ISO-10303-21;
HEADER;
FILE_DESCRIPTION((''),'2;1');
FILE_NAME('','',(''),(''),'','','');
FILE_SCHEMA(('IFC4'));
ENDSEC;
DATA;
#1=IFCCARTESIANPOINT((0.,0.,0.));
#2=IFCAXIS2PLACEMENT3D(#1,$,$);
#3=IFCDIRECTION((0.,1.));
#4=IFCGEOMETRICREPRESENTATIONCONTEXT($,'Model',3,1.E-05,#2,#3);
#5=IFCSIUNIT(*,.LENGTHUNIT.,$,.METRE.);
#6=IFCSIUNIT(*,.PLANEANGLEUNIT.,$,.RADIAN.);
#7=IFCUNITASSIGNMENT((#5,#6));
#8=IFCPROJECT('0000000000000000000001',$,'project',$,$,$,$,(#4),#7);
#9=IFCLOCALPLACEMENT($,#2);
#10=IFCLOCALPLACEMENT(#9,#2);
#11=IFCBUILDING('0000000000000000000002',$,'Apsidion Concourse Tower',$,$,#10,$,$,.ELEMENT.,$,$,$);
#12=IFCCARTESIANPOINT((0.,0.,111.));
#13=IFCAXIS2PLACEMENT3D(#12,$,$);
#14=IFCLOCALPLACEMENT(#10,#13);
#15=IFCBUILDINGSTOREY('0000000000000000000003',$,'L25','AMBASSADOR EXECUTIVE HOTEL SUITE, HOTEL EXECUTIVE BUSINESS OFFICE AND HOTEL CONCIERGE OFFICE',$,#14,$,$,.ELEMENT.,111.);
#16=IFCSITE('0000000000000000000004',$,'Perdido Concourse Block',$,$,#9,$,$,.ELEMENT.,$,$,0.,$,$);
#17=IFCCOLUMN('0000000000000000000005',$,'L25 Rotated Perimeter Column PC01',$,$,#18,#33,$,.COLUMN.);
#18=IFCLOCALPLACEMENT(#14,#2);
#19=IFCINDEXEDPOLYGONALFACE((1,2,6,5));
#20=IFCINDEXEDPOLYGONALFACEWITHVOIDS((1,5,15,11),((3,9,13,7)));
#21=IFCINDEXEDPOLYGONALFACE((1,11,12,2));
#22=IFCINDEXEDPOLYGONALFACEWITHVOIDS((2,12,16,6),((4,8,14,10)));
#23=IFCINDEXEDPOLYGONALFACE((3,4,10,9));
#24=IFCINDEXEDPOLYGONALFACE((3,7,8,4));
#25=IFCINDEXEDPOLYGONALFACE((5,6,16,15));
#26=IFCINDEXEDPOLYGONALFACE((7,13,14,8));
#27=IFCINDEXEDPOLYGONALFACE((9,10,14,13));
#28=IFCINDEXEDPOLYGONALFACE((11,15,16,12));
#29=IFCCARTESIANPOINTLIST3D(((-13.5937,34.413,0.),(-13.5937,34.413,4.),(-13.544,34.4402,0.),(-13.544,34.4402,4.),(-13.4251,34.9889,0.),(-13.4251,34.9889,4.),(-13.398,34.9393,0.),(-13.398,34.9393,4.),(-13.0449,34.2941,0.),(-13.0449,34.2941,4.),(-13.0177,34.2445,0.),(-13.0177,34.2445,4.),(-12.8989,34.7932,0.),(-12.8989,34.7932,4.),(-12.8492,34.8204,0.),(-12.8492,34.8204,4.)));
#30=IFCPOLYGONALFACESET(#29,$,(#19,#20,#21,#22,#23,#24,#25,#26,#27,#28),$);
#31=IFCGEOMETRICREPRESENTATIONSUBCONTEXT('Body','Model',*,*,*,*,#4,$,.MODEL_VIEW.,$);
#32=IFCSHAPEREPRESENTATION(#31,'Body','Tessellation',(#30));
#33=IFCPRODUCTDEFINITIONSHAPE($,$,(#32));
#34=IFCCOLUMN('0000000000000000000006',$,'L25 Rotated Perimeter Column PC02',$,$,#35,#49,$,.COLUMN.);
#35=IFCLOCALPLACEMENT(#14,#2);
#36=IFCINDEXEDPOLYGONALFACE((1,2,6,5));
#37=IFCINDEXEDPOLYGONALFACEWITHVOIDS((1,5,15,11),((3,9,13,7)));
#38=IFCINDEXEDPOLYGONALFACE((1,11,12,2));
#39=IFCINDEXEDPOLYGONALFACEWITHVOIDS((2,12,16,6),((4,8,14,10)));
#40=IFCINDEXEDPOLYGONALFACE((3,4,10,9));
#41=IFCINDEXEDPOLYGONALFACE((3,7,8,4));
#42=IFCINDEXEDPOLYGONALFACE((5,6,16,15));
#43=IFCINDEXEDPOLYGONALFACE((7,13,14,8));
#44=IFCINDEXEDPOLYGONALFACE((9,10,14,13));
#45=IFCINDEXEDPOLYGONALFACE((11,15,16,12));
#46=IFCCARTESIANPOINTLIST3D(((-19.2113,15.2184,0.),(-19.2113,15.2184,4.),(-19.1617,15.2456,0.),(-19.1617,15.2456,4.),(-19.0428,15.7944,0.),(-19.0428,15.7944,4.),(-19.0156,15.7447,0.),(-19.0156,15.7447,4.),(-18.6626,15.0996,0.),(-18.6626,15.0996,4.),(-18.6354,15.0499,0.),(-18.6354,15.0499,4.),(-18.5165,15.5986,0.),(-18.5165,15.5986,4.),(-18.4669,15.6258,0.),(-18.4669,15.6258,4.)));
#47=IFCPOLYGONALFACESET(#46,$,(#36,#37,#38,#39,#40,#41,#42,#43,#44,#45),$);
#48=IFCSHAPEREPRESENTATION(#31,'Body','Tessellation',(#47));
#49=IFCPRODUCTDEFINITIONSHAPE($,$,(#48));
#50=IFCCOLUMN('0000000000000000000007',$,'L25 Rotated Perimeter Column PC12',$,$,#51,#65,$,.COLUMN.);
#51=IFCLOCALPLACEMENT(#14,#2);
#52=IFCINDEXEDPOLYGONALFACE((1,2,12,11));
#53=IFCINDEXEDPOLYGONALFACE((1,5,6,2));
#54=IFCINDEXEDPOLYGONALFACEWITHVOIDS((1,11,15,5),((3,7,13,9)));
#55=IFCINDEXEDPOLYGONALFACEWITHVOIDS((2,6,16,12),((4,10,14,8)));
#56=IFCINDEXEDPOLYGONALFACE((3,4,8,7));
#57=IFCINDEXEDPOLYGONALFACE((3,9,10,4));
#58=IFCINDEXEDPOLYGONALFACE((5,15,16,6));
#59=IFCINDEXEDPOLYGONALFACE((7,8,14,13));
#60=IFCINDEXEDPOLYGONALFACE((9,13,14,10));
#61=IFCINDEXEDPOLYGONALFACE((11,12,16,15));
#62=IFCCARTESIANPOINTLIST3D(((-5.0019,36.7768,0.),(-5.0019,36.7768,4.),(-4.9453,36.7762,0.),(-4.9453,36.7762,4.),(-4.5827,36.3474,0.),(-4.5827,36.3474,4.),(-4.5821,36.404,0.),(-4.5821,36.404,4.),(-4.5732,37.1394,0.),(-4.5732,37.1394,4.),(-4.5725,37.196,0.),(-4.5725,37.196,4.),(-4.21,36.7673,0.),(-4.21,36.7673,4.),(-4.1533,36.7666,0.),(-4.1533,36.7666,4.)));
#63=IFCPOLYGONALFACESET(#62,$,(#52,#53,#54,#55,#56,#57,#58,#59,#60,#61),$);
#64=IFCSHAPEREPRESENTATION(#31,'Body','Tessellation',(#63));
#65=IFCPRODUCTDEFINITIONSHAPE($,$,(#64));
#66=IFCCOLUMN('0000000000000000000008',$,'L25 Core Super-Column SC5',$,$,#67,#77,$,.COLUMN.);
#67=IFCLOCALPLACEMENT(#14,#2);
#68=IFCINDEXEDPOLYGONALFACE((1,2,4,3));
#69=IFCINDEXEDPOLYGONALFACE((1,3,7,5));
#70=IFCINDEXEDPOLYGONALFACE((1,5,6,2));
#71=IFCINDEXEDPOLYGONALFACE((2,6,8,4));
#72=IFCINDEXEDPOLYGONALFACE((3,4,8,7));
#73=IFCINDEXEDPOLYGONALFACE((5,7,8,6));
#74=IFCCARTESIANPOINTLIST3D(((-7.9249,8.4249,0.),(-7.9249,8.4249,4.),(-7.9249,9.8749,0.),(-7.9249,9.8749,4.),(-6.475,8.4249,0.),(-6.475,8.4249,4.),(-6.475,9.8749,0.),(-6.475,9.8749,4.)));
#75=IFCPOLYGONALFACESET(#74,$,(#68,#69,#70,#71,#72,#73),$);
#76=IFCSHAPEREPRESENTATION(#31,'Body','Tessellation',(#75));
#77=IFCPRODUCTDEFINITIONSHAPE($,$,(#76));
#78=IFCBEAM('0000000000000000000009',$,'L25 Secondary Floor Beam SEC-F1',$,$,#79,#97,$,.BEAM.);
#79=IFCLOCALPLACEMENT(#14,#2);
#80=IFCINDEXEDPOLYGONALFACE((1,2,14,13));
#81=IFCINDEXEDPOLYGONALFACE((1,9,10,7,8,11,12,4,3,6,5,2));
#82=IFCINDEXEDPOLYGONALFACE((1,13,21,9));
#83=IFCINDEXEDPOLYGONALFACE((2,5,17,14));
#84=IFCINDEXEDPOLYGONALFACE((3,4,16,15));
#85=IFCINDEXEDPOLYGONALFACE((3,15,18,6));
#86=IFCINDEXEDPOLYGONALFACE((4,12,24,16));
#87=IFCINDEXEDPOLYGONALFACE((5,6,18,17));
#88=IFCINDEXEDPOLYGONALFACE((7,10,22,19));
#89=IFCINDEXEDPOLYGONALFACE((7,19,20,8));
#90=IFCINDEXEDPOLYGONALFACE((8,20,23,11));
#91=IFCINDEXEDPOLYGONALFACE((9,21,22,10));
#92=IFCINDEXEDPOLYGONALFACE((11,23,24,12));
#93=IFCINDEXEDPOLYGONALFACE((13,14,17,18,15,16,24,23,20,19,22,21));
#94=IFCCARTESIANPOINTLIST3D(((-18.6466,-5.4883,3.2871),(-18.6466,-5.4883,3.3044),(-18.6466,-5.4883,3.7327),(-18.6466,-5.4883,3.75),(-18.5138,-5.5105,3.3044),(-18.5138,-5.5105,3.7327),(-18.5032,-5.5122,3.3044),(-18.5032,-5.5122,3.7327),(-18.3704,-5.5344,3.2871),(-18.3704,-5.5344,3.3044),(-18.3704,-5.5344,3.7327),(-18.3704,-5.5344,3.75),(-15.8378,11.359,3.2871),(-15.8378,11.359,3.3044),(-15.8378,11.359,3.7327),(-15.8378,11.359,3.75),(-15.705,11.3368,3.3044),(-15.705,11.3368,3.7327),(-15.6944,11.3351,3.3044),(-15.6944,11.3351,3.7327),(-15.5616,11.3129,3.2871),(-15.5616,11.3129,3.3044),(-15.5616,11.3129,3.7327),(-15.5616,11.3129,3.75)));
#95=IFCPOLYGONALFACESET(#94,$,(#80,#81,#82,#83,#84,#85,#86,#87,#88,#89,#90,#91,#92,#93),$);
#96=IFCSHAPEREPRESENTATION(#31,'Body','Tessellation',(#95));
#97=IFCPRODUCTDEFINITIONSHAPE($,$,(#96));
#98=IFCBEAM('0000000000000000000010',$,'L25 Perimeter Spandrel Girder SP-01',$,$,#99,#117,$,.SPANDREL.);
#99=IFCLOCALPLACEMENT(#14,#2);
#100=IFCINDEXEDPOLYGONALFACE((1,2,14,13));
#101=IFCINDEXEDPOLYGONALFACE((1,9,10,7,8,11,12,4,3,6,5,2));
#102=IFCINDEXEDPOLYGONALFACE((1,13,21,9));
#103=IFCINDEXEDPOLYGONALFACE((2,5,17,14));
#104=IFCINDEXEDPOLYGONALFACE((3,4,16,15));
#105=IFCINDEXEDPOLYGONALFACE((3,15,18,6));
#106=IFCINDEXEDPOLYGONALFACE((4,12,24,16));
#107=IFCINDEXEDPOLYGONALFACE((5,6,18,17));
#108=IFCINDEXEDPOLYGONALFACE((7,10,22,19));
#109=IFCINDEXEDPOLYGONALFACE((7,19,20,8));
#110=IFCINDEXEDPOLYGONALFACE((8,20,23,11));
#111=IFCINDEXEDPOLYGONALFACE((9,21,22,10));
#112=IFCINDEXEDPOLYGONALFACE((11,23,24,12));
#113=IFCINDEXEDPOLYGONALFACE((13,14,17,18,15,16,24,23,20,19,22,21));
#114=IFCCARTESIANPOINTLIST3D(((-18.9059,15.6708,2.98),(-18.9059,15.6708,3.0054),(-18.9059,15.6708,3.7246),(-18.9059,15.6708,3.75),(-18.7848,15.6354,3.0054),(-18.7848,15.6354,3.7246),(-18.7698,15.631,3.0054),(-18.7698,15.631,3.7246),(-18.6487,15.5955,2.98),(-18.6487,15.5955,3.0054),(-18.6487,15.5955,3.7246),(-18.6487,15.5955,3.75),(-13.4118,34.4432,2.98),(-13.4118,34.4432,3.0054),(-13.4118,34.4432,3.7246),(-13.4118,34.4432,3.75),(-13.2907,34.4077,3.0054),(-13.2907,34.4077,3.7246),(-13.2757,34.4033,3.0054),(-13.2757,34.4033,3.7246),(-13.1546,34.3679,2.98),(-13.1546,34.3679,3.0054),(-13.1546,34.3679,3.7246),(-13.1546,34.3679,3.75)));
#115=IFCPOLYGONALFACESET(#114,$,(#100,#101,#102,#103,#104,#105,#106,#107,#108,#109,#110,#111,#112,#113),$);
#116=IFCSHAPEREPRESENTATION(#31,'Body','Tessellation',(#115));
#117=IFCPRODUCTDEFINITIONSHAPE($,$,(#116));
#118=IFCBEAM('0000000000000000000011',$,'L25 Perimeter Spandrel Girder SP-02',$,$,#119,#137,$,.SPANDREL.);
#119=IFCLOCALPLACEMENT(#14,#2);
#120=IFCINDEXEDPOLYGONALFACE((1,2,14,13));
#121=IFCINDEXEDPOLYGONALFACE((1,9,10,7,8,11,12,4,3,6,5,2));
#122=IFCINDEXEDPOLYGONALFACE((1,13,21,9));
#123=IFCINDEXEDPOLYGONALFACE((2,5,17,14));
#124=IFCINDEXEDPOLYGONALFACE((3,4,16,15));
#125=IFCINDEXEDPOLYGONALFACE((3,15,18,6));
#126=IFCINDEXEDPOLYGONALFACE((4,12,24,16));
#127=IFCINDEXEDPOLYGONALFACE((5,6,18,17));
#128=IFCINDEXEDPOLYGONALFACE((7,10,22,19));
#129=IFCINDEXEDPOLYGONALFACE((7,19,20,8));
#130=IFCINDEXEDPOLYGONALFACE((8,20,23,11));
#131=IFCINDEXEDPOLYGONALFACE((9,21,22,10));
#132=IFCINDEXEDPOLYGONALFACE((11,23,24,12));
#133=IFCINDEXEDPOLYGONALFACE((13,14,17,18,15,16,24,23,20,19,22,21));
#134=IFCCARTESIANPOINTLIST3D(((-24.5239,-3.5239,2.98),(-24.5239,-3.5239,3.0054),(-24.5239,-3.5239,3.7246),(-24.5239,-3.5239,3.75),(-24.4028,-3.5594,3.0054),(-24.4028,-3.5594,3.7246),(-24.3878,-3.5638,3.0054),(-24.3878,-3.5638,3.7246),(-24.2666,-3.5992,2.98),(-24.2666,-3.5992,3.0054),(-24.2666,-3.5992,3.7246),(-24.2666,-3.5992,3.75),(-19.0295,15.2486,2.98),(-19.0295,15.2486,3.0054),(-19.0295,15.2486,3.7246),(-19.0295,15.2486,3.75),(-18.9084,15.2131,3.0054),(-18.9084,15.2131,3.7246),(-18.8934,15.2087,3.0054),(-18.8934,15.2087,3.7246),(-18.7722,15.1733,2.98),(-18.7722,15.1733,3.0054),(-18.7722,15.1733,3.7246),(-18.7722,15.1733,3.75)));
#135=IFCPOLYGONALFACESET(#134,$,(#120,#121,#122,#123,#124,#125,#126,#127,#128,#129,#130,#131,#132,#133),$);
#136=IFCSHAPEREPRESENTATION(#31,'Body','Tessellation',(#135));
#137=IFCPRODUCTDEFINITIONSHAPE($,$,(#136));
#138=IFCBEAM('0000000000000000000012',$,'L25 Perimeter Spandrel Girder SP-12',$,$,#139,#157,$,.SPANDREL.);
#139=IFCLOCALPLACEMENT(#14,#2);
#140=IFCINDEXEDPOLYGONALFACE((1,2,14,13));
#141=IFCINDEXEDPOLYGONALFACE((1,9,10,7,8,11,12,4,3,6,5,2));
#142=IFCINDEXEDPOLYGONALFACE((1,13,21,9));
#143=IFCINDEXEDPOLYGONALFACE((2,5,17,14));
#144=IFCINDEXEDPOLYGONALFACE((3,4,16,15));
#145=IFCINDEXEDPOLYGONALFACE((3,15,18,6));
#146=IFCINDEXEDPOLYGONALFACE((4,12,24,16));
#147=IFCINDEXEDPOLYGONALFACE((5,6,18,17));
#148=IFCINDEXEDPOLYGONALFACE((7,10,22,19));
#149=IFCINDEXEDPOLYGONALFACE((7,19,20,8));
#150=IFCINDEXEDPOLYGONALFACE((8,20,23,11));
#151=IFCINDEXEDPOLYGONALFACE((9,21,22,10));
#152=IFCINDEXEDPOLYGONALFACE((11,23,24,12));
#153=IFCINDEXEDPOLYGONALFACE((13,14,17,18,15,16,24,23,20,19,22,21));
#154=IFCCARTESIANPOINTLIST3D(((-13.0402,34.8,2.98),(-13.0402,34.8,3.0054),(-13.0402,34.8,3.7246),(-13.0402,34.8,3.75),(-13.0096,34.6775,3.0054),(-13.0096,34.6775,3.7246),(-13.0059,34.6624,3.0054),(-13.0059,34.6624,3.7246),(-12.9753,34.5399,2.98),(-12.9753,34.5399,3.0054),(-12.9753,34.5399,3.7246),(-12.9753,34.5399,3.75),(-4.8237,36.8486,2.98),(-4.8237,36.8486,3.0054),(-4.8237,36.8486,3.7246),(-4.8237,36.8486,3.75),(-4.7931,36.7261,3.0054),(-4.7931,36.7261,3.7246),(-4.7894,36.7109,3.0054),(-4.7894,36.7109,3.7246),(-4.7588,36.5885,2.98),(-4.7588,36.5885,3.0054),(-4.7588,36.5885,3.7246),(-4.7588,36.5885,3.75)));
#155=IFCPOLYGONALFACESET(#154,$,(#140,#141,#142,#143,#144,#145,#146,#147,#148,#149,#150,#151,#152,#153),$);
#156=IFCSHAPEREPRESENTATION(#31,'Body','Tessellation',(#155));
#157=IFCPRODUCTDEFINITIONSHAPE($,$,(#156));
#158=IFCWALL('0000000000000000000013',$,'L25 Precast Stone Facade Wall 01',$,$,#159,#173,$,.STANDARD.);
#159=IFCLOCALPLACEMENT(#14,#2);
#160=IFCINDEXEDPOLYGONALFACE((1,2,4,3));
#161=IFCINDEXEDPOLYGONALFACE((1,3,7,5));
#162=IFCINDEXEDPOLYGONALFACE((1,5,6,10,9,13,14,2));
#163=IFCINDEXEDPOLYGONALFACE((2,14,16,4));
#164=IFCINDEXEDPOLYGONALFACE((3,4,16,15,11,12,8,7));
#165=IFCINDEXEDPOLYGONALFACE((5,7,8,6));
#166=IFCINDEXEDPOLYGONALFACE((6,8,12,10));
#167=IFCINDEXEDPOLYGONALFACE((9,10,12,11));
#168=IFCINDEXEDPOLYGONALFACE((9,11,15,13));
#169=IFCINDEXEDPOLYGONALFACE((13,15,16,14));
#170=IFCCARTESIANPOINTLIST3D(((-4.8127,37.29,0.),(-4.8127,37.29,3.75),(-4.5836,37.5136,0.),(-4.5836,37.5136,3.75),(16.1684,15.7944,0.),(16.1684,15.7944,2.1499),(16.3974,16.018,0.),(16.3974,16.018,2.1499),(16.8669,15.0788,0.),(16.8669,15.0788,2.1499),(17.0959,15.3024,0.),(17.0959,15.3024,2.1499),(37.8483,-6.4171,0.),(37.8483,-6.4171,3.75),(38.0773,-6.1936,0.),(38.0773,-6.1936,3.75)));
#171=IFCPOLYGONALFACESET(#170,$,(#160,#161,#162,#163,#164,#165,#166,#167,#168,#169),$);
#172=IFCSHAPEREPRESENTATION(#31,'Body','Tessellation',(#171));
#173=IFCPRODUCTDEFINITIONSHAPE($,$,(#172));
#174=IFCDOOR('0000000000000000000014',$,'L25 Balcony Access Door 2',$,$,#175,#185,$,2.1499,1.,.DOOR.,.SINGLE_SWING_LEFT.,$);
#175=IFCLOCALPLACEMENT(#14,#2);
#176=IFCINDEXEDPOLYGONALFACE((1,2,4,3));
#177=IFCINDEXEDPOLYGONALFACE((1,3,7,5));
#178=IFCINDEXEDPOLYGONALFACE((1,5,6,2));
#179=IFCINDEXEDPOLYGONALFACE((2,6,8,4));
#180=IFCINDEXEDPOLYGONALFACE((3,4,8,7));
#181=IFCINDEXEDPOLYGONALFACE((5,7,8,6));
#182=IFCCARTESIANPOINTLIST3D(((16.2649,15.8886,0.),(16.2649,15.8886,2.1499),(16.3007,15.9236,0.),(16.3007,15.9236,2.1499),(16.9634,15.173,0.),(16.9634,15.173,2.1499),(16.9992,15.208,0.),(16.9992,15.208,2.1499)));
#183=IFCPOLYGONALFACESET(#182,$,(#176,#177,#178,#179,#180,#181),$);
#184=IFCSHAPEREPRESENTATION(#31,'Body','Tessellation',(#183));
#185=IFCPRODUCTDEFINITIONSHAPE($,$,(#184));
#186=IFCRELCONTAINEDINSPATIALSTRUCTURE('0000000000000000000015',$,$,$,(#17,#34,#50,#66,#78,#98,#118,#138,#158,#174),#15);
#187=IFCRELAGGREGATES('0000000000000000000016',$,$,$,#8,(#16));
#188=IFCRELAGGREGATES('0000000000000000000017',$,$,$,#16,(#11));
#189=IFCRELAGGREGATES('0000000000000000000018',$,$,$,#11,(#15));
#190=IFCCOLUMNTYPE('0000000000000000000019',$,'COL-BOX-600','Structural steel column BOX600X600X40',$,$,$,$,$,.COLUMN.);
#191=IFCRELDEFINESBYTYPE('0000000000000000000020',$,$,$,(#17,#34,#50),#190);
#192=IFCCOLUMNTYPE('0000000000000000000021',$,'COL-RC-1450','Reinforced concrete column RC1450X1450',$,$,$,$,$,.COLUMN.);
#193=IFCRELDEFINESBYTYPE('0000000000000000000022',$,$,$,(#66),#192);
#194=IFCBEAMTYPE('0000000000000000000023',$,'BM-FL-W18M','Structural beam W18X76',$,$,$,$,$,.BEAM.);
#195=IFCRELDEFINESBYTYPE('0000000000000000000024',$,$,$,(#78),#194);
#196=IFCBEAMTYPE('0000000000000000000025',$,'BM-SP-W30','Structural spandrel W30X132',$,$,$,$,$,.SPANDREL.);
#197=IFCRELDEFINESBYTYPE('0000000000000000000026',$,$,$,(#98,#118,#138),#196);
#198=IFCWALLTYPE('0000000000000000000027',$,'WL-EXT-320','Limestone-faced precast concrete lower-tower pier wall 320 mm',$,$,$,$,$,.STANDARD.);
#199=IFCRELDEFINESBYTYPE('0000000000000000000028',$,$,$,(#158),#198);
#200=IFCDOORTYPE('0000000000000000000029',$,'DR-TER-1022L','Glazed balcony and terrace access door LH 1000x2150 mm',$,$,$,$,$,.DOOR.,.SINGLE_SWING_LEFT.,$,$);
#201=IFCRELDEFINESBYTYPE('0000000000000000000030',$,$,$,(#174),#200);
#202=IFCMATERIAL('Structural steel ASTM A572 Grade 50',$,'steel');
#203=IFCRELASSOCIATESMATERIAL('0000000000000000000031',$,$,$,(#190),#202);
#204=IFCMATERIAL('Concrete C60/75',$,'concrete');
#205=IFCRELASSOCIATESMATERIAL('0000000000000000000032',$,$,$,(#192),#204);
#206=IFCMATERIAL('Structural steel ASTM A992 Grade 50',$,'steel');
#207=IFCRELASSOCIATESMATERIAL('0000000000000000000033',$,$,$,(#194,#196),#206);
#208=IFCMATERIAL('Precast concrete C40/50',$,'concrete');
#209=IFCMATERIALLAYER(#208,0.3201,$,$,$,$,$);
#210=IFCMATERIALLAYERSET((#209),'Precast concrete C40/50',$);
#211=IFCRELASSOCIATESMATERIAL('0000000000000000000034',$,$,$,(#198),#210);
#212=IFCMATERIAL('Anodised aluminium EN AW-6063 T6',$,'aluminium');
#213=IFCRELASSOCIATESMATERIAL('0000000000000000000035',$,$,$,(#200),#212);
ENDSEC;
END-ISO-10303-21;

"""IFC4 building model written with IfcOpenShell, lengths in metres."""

from ifc_helpers import new_model, si_unit, direction, frame, frame_2d, origin, origin_2d, place, context, subcontext, project, spatial, rectangle, hollow_rectangle, i_section, extrude, material, layer, layer_set, material_profile, profile_set, type_object, element, fill, save


model = new_model("IFC4")

# Units and contexts
model_context = context("Model", 3, precision=1e-05, world=origin(), true_north=direction((0.0, 1.0)))
body_context = subcontext(model_context, "Body", "Model", "MODEL_VIEW")
ifc_project = project(units=[si_unit("LENGTHUNIT", "METRE"), si_unit("PLANEANGLEUNIT", "RADIAN")], contexts=[model_context])

# Site, building, storey
site_placement = place(None, origin())
site = spatial("IfcSite", under=ifc_project, at=site_placement, Name="Perdido Concourse Block", CompositionType="ELEMENT", RefElevation=0.0)
building_placement = place(site_placement, origin())
building = spatial("IfcBuilding", under=site, at=building_placement, Name="Apsidion Concourse Tower", CompositionType="ELEMENT")
storey_placement = place(building_placement, frame((0.0, 0.0, 111.0)))
storey = spatial("IfcBuildingStorey", under=building, at=storey_placement, Name="L25", Description="AMBASSADOR EXECUTIVE HOTEL SUITE, HOTEL EXECUTIVE BUSINESS OFFICE AND HOTEL CONCIERGE OFFICE", CompositionType="ELEMENT", Elevation=111.0)

# Columns
ifc_material_1 = material(Name="Structural steel ASTM A572 Grade 50", Category="steel")
ifc_material_profile_1 = material_profile(ifc_material_1, hollow_rectangle(XDim=0.6001, YDim=0.6001, WallThickness=0.04, at=origin_2d()), Name="BOX600X600X40")
ifc_profile_set_1 = profile_set([ifc_material_profile_1], Name="Structural steel ASTM A572 Grade 50")
column_type_1 = type_object("IfcColumnType", Name="COL-BOX-600", Description="Structural steel column BOX600X600X40", PredefinedType="COLUMN", material=ifc_profile_set_1)
for number, where, z_axis, x_axis, name in (
    (1, (-13.2214, 34.6167, 0.0), (0.0, 0.0, 1.0), (0.280834, 0.959756, 0.0), "L25 Rotated Perimeter Column PC01"),
    (2, (-18.8391, 15.4221, 0.0), (0.0, 0.0, 1.0), (0.280834, 0.959756, 0.0), "L25 Rotated Perimeter Column PC02"),
    (3, (-4.5776, 36.7717, 0.0), (0.0, 0.0, 1.0), (-0.69854, 0.715571, 0.0), "L25 Rotated Perimeter Column PC12"),
):
    element("IfcColumn", number, at=place(storey_placement, frame(where, z_axis=z_axis, x_axis=x_axis)), inside=storey, type_object=column_type_1, Name=name, PredefinedType="COLUMN", context=body_context, shape_type="SweptSolid", body=[
        extrude(hollow_rectangle(XDim=0.6001, YDim=0.6001, WallThickness=0.04, at=origin_2d()), origin(), (0.0, 0.0, 1.0), 4.0),
    ])
ifc_material_2 = material(Name="Concrete C60/75", Category="concrete")
ifc_material_profile_2 = material_profile(ifc_material_2, rectangle(XDim=1.45, YDim=1.45, at=origin_2d()), Name="RC 1450x1450")
ifc_profile_set_2 = profile_set([ifc_material_profile_2], Name="Concrete C60/75")
column_type_2 = type_object("IfcColumnType", Name="COL-RC-1450", Description="Reinforced concrete column RC1450X1450", PredefinedType="COLUMN", material=ifc_profile_set_2)
column_placement = place(storey_placement, frame((-7.2, 9.1499, 0.0), z_axis=(0.0, 0.0, 1.0), x_axis=(1.0, 0.0, 0.0)))
element("IfcColumn", 4, at=column_placement, inside=storey, type_object=column_type_2, Name="L25 Core Super-Column SC5", PredefinedType="COLUMN", context=body_context, shape_type="SweptSolid", body=[
    extrude(rectangle(XDim=1.45, YDim=1.45, at=origin_2d()), origin(), (0.0, 0.0, 1.0), 4.0),
])

# Beams
ifc_material_3 = material(Name="Structural steel ASTM A992 Grade 50", Category="steel")
ifc_material_profile_3 = material_profile(ifc_material_3, i_section(OverallWidth=0.28, OverallDepth=0.4629, WebThickness=0.0107, FlangeThickness=0.0173, at=origin_2d()), Name="W18X76")
ifc_profile_set_3 = profile_set([ifc_material_profile_3], Name="Structural steel ASTM A992 Grade 50")
beam_type_1 = type_object("IfcBeamType", Name="BM-FL-W18M", Description="Structural beam W18X76", PredefinedType="BEAM", material=ifc_profile_set_3)
beam_1_placement = place(storey_placement, frame((-15.6997, 11.3359, 3.5186), z_axis=(-0.164452, -0.986385, 0.0), x_axis=(0.986385, -0.164452, 0.0)))
element("IfcBeam", 5, at=beam_1_placement, inside=storey, type_object=beam_type_1, Name="L25 Secondary Floor Beam SEC-F1", PredefinedType="BEAM", context=body_context, shape_type="SweptSolid", body=[
    extrude(i_section(OverallWidth=0.28, OverallDepth=0.4629, WebThickness=0.0107, FlangeThickness=0.0173, at=origin_2d()), origin(), (0.0, 0.0, 1.0), 17.0798),
])
ifc_material_profile_4 = material_profile(ifc_material_3, i_section(OverallWidth=0.2681, OverallDepth=0.77, WebThickness=0.0156, FlangeThickness=0.0254, at=origin_2d()), Name="W30X132")
ifc_profile_set_4 = profile_set([ifc_material_profile_4], Name="Structural steel ASTM A992 Grade 50")
beam_type_2 = type_object("IfcBeamType", Name="BM-SP-W30", Description="Structural spandrel W30X132", PredefinedType="SPANDREL", material=ifc_profile_set_4)
beam_2_placement = place(storey_placement, frame((-13.2832, 34.4055, 3.365), z_axis=(-0.280888, -0.959741, 0.0), x_axis=(0.959741, -0.280888, 0.0)))
element("IfcBeam", 6, at=beam_2_placement, inside=storey, type_object=beam_type_2, Name="L25 Perimeter Spandrel Girder SP-01", PredefinedType="SPANDREL", context=body_context, shape_type="SweptSolid", body=[
    extrude(i_section(OverallWidth=0.2681, OverallDepth=0.77, WebThickness=0.0156, FlangeThickness=0.0254, at=origin_2d()), origin(), (0.0, 0.0, 1.0), 19.5598),
])
beam_3_placement = place(storey_placement, frame((-18.9009, 15.2109, 3.365), z_axis=(-0.280899, -0.959737, 0.0), x_axis=(0.959737, -0.280899, 0.0)))
element("IfcBeam", 7, at=beam_3_placement, inside=storey, type_object=beam_type_2, Name="L25 Perimeter Spandrel Girder SP-02", PredefinedType="SPANDREL", context=body_context, shape_type="SweptSolid", body=[
    extrude(i_section(OverallWidth=0.2681, OverallDepth=0.77, WebThickness=0.0156, FlangeThickness=0.0254, at=origin_2d()), origin(), (0.0, 0.0, 1.0), 19.5601),
])
beam_4_placement = place(storey_placement, frame((-4.7913, 36.7185, 3.365), z_axis=(-0.970297, -0.241918, 0.0), x_axis=(0.241918, -0.970297, 0.0)))
element("IfcBeam", 8, at=beam_4_placement, inside=storey, type_object=beam_type_2, Name="L25 Perimeter Spandrel Girder SP-12", PredefinedType="SPANDREL", context=body_context, shape_type="SweptSolid", body=[
    extrude(i_section(OverallWidth=0.2681, OverallDepth=0.77, WebThickness=0.0156, FlangeThickness=0.0254, at=origin_2d()), origin(), (0.0, 0.0, 1.0), 8.468),
])

# Wall, opening, door
ifc_material_4 = material(Name="Precast concrete C40/50", Category="concrete")
ifc_layer_1 = layer(ifc_material_4, 0.3201)
ifc_layer_set_1 = layer_set([ifc_layer_1], Name="Precast concrete C40/50")
wall_type_1 = type_object("IfcWallType", Name="WL-EXT-320", Description="Limestone-faced precast concrete lower-tower pier wall 320 mm", PredefinedType="STANDARD", material=ifc_layer_set_1)
wall_1_placement = place(storey_placement, frame((-4.6982, 37.4019, 0.0), z_axis=(0.0, 0.0, 1.0), x_axis=(0.698491, -0.715619, 0.0)))
wall_1 = element("IfcWall", 9, at=wall_1_placement, inside=storey, type_object=wall_type_1, Name="L25 Precast Stone Facade Wall 01", PredefinedType="STANDARD", context=body_context, shape_type="SweptSolid", body=[
    extrude(rectangle(XDim=61.0759, YDim=0.3201, at=frame_2d((30.5381, 0.0))), origin(), (0.0, 0.0, 1.0), 3.75),
])
opening_1_placement = place(wall_1_placement, frame((30.0378, 0.0, 0.0)))
opening_1 = element("IfcOpeningElement", 10, at=opening_1_placement, cuts=wall_1, PredefinedType="OPENING", context=body_context, shape_type="SweptSolid", body=[
    extrude(rectangle(XDim=1.0, YDim=2.1499, at=frame_2d((0.5, 1.075))), frame((0.0, 0.1699, 0.0), z_axis=(0.0, -1.0, 0.0), x_axis=(1.0, 0.0, 0.0)), (0.0, 0.0, 1.0), 0.3401),
])
ifc_material_5 = material(Name="Anodised aluminium EN AW-6063 T6", Category="aluminium")
door_type_1 = type_object("IfcDoorType", Name="DR-TER-1022L", Description="Glazed balcony and terrace access door LH 1000x2150 mm", OperationType="SINGLE_SWING_LEFT", PredefinedType="DOOR", material=ifc_material_5)
door_1_placement = place(opening_1_placement, origin())
door_1 = element("IfcDoor", 11, at=door_1_placement, inside=storey, type_object=door_type_1, Name="L25 Balcony Access Door 2", OperationType="SINGLE_SWING_LEFT", OverallHeight=2.1499, OverallWidth=1.0, PredefinedType="DOOR", context=body_context, shape_type="SweptSolid", body=[
    extrude(rectangle(XDim=1.0, YDim=2.1499, at=frame_2d((0.5, 1.075))), frame((0.0, 0.0249, 0.0), z_axis=(0.0, -1.0, 0.0), x_axis=(1.0, 0.0, 0.0)), (0.0, 0.0, 1.0), 0.05),
])
fill(opening_1, door_1)

save(model, "model.ifc")
